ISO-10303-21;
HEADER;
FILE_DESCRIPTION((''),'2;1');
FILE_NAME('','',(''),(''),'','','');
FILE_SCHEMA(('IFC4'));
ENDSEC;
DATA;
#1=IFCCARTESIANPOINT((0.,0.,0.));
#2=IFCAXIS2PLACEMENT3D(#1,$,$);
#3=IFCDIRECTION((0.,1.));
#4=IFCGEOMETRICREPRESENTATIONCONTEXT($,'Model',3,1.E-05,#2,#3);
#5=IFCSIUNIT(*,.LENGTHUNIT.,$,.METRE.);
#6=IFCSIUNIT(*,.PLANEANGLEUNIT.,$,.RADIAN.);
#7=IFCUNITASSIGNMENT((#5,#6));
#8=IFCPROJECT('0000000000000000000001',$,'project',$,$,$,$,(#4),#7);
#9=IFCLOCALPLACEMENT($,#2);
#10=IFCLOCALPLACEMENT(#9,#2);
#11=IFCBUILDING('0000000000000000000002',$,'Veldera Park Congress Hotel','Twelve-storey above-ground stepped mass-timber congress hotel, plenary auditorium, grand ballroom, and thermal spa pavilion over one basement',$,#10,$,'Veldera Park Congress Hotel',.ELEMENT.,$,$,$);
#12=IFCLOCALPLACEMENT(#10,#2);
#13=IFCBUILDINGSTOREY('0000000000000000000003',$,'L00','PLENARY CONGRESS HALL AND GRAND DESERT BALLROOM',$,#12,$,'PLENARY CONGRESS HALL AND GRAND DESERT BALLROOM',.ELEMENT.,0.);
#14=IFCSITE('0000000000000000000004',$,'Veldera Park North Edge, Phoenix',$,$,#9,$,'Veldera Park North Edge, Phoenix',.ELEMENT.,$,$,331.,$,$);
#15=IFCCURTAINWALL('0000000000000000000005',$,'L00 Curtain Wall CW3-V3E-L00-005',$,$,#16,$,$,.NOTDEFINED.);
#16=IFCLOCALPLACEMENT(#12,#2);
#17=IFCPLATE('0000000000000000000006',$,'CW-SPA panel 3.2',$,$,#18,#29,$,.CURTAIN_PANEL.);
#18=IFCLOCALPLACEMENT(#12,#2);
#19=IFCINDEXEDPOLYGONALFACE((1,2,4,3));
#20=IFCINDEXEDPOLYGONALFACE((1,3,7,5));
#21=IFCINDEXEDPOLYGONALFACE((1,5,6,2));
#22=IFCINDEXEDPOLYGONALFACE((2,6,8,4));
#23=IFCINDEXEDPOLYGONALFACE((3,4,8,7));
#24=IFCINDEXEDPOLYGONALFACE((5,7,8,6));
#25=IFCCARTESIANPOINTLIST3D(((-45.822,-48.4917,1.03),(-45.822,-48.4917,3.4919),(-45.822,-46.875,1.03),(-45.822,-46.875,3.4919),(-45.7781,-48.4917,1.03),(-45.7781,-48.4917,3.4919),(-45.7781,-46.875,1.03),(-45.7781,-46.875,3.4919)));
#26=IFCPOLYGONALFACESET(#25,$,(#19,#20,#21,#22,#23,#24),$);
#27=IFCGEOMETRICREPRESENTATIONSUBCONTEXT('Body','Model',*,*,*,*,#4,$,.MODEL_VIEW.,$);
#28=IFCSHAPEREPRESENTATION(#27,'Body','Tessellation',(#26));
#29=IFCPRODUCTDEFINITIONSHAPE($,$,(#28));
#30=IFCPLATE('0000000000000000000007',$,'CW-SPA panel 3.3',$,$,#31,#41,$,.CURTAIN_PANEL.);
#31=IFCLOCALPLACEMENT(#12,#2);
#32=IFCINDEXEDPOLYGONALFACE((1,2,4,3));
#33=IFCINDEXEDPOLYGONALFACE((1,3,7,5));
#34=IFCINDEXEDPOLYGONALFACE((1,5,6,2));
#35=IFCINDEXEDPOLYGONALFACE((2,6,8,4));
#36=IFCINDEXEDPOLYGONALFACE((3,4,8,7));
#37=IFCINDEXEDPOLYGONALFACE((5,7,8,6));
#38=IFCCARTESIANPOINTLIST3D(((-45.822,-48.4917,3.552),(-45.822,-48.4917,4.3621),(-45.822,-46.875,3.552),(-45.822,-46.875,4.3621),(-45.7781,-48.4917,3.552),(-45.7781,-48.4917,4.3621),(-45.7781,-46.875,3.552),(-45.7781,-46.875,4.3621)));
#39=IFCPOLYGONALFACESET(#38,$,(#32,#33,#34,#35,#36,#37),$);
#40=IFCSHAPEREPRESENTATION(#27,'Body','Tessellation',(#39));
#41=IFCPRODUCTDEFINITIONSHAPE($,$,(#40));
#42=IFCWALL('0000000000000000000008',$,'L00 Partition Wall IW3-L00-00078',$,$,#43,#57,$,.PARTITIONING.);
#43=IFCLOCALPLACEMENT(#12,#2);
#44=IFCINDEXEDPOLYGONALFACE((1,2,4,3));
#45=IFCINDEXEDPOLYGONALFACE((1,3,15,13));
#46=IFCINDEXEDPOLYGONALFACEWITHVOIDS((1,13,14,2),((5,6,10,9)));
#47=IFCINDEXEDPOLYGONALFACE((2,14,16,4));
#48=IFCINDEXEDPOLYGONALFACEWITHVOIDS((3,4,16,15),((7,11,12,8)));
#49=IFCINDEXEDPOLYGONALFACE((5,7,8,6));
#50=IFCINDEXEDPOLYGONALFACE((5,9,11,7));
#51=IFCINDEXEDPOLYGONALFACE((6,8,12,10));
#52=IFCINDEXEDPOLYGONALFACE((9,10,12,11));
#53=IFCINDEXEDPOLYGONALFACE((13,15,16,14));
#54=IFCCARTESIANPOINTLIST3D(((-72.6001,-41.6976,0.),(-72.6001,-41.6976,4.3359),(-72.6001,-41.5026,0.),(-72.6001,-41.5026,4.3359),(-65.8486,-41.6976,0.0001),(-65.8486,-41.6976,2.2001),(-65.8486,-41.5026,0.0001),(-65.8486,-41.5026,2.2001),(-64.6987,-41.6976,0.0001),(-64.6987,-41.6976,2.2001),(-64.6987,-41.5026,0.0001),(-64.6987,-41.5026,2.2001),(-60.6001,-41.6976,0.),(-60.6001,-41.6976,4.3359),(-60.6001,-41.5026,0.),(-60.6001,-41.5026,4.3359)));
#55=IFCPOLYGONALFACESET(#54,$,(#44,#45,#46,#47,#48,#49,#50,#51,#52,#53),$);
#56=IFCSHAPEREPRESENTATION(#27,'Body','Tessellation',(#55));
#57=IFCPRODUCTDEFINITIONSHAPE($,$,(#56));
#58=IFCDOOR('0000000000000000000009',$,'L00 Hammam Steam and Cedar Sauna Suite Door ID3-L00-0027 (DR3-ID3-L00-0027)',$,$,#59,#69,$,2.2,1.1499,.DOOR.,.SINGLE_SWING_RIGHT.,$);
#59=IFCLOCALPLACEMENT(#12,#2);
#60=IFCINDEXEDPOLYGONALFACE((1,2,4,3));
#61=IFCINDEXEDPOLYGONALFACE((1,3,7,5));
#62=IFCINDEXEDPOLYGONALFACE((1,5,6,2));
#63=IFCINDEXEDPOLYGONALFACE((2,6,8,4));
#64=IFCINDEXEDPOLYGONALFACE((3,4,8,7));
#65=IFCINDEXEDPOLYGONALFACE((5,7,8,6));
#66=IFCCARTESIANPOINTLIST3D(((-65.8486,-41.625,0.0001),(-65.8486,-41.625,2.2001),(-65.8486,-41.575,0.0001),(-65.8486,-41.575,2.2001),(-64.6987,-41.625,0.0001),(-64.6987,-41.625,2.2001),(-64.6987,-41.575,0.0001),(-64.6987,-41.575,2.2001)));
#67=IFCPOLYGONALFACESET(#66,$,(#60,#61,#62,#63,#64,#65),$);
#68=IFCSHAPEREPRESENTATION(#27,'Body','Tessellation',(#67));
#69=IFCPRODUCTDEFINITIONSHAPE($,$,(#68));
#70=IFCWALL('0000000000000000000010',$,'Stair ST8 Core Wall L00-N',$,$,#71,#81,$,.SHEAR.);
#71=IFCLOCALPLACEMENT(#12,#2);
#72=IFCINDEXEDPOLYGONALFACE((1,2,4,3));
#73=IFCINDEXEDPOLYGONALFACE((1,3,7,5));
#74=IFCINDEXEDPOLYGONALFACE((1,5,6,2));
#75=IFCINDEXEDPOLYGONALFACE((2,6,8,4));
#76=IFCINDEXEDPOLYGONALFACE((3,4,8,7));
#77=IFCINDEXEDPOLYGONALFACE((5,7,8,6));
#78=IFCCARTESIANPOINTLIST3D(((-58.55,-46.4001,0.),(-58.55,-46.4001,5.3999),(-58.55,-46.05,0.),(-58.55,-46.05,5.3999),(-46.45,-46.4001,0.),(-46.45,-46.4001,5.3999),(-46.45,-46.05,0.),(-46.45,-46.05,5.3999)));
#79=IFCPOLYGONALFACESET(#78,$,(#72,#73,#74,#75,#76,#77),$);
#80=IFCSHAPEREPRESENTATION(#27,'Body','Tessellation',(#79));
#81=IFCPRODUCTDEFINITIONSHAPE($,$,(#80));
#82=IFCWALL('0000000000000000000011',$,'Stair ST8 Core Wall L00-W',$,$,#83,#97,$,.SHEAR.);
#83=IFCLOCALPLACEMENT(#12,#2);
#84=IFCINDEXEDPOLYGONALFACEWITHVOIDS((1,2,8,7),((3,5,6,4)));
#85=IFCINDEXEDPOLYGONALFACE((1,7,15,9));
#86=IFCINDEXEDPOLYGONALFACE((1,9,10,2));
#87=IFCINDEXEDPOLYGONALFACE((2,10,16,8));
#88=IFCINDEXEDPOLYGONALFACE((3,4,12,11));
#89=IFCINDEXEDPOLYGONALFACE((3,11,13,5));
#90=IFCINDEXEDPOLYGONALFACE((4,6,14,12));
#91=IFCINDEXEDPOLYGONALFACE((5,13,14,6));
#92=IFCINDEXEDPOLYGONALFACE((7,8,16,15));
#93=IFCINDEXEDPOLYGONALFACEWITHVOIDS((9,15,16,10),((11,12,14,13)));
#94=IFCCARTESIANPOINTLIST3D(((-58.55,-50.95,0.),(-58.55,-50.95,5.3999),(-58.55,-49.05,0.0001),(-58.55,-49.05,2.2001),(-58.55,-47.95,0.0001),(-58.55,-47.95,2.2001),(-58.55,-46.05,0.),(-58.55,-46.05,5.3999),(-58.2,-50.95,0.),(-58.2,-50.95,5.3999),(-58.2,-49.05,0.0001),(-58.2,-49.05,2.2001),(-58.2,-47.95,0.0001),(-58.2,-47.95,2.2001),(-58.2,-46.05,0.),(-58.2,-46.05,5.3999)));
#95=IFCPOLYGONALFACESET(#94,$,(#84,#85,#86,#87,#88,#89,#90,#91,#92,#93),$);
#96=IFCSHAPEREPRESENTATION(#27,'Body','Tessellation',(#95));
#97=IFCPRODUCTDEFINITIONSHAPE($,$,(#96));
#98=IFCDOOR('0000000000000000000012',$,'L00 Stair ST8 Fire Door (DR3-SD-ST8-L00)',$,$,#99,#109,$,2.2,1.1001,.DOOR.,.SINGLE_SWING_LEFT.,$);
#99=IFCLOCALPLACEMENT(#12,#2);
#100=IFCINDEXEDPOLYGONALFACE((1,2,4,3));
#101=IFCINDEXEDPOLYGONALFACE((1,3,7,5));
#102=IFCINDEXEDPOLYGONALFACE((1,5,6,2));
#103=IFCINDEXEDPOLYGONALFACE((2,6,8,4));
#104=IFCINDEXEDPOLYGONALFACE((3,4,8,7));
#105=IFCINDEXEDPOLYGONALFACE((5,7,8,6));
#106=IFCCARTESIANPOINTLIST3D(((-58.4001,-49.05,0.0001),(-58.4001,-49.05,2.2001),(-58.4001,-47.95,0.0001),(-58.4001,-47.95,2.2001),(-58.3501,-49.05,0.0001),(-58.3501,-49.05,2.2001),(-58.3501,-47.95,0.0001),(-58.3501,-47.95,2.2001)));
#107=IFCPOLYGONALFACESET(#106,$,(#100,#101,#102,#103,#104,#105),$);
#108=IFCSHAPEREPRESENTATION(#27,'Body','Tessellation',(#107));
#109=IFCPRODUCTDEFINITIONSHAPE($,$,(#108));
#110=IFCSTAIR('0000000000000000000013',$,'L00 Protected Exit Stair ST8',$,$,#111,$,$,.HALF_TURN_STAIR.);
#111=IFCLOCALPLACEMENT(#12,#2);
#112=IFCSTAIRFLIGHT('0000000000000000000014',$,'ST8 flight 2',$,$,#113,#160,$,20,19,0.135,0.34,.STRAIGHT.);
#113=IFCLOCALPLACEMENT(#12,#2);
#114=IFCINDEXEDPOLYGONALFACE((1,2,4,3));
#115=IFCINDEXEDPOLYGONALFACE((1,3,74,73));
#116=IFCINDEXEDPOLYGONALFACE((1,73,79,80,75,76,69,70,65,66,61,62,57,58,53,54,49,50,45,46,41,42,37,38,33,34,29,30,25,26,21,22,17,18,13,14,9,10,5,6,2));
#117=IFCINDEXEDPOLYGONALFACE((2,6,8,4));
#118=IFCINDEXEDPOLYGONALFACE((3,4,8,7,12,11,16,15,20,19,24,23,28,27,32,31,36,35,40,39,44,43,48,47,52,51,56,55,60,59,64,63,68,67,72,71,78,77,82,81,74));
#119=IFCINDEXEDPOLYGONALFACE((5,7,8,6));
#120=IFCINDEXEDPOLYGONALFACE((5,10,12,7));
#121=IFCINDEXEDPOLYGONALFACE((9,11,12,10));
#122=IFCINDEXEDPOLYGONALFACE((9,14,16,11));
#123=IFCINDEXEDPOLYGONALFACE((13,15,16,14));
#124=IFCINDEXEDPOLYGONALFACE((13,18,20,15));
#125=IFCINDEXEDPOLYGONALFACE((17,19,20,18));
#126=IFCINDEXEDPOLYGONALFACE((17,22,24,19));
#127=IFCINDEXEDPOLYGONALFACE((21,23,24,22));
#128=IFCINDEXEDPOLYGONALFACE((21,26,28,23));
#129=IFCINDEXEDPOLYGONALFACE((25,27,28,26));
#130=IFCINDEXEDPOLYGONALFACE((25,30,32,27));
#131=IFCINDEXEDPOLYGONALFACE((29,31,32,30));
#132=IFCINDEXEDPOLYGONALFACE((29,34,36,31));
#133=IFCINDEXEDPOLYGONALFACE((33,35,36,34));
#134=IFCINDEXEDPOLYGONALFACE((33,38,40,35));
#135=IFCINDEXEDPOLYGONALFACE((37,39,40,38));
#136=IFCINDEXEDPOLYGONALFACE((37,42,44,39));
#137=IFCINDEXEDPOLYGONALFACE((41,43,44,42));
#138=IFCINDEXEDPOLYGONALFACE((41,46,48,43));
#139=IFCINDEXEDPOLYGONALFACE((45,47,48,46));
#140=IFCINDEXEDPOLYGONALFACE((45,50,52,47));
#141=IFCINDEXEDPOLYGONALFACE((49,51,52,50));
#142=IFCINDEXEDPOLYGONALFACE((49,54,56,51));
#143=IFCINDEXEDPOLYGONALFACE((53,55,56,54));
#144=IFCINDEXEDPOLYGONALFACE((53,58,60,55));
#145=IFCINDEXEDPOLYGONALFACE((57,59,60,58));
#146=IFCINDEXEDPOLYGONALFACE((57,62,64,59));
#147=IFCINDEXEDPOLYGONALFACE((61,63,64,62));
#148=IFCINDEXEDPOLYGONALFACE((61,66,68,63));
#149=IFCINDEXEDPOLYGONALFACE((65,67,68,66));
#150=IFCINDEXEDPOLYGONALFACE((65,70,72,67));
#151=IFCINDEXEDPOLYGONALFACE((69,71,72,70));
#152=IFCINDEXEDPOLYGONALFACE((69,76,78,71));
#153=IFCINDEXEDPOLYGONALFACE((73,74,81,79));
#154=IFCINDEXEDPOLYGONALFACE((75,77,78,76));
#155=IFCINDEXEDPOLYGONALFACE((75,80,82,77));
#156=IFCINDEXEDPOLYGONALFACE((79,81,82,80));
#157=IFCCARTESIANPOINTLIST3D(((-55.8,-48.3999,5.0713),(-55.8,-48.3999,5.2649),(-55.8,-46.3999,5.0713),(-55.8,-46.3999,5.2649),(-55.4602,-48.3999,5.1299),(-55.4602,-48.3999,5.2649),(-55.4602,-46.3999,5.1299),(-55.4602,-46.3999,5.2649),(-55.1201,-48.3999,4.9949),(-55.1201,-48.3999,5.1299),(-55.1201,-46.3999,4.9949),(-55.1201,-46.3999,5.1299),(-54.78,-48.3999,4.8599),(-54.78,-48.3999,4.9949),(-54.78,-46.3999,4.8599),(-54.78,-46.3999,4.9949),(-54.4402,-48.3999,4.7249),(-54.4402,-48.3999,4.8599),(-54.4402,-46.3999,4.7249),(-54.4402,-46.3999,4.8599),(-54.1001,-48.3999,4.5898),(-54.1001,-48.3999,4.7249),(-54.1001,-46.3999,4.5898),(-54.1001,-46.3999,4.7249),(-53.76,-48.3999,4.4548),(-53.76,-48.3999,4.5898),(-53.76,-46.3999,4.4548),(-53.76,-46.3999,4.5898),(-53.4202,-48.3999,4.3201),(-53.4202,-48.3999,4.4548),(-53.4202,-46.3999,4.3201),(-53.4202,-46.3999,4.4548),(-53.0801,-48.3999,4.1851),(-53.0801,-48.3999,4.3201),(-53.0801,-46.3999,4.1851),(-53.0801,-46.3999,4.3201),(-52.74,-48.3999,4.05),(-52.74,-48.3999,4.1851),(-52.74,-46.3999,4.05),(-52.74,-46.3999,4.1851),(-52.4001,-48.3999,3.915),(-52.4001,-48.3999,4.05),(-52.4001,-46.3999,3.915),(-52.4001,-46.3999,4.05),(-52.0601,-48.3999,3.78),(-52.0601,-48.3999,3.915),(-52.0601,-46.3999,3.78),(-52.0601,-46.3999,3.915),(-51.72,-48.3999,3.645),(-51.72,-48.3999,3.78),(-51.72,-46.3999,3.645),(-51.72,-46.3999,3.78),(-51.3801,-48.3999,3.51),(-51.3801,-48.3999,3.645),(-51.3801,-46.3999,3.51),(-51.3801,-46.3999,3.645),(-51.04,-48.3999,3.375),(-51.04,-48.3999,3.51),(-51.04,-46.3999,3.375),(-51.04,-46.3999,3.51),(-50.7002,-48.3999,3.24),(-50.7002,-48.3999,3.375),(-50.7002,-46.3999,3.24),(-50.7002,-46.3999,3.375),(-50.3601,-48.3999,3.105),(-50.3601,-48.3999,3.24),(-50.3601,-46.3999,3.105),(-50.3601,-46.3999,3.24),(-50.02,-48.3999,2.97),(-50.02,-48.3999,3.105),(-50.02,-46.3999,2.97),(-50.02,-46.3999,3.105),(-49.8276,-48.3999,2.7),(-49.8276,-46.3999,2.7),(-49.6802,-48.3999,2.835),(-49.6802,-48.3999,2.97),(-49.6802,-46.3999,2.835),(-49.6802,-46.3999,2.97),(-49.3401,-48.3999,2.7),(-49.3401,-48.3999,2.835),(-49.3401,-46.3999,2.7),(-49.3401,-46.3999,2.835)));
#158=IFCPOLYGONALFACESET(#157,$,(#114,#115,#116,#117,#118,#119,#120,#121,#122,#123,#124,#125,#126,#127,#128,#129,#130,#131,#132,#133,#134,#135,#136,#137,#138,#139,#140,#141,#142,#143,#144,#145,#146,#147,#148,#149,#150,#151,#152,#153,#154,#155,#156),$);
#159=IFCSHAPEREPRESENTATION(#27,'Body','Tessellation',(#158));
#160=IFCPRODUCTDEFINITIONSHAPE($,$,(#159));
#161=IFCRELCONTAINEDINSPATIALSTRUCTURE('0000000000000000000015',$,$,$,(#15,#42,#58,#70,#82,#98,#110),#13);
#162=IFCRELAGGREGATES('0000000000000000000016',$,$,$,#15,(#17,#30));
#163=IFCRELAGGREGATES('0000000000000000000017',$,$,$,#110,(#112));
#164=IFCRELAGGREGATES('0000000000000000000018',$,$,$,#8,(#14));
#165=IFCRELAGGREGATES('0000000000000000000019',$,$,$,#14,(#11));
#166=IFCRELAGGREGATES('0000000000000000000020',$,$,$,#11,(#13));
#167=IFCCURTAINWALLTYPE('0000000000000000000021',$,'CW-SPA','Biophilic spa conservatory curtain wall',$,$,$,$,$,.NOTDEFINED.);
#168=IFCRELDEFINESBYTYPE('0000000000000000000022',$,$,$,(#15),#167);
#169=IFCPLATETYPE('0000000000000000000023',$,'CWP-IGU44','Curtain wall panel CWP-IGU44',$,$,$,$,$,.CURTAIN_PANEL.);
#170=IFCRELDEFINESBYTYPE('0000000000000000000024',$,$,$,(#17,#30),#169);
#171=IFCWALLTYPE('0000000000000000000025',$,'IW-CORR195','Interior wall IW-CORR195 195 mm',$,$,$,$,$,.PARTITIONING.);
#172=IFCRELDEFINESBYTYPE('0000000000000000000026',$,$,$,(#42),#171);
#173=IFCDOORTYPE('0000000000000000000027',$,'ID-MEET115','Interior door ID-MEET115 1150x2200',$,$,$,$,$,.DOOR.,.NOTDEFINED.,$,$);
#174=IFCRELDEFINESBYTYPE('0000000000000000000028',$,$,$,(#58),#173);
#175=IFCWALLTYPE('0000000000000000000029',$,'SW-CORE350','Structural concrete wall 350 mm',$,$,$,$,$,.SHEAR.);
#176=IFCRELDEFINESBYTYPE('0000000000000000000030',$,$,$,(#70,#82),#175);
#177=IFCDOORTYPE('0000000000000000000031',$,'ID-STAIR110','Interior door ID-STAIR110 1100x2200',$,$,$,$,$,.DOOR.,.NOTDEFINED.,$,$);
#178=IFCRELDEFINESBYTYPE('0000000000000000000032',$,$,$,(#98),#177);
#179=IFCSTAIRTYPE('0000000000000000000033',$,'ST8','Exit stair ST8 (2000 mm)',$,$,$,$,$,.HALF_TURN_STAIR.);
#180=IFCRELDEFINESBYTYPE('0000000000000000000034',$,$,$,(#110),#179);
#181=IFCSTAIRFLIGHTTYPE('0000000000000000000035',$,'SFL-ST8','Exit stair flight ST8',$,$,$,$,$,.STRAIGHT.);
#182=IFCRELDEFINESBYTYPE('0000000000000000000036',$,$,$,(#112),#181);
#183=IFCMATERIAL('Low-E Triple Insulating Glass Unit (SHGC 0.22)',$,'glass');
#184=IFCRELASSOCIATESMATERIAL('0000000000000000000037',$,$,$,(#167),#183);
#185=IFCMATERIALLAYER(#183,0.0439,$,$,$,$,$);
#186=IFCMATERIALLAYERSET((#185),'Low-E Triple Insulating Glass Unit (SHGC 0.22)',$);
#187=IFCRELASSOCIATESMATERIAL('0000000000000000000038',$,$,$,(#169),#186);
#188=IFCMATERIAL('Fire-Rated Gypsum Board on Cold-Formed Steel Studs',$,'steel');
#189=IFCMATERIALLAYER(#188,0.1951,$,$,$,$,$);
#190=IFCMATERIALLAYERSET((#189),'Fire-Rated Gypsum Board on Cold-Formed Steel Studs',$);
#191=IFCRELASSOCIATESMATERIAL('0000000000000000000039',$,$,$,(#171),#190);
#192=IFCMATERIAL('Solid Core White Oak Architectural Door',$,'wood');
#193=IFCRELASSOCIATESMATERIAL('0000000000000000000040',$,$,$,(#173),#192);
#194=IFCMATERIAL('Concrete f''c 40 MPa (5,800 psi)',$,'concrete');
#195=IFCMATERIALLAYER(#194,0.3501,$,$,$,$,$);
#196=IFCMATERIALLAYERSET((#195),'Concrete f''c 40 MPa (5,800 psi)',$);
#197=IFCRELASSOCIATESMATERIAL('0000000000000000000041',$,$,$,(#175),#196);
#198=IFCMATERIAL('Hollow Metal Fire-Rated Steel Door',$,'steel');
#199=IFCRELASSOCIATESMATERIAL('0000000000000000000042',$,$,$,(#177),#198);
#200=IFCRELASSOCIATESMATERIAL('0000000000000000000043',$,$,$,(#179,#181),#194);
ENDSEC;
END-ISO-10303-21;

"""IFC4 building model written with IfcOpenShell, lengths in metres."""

from ifc_helpers import new_model, si_unit, direction, frame, frame_2d, origin, origin_2d, place, context, subcontext, project, spatial, polyline, rectangle, outline, extrude, material, layer, layer_set, type_object, element, fill, aggregate, save


model = new_model("IFC4")

# Units and contexts
model_context = context("Model", 3, precision=1e-05, world=origin(), true_north=direction((0.0, 1.0)))
body_context = subcontext(model_context, "Body", "Model", "MODEL_VIEW")
ifc_project = project(units=[si_unit("LENGTHUNIT", "METRE"), si_unit("PLANEANGLEUNIT", "RADIAN")], contexts=[model_context])

# Site, building, storey
site_placement = place(None, origin())
site = spatial("IfcSite", under=ifc_project, at=site_placement, Name="Veldera Park North Edge, Phoenix", LongName="Veldera Park North Edge, Phoenix", CompositionType="ELEMENT", RefElevation=331.0)
building_placement = place(site_placement, origin())
building = spatial("IfcBuilding", under=site, at=building_placement, Name="Veldera Park Congress Hotel", Description="Twelve-storey above-ground stepped mass-timber congress hotel, plenary auditorium, grand ballroom, and thermal spa pavilion over one basement", LongName="Veldera Park Congress Hotel", CompositionType="ELEMENT")
storey_placement = place(building_placement, origin())
storey = spatial("IfcBuildingStorey", under=building, at=storey_placement, Name="L00", Description="PLENARY CONGRESS HALL AND GRAND DESERT BALLROOM", LongName="PLENARY CONGRESS HALL AND GRAND DESERT BALLROOM", CompositionType="ELEMENT", Elevation=0.0)

# Curtain wall
ifc_material_1 = material(Name="Low-E Triple Insulating Glass Unit (SHGC 0.22)", Category="glass")
curtain_wall_type = type_object("IfcCurtainWallType", Name="CW-SPA", Description="Biophilic spa conservatory curtain wall", PredefinedType="NOTDEFINED", material=ifc_material_1)
curtain_wall_1_placement = place(storey_placement, origin())
curtain_wall_1 = element("IfcCurtainWall", 1, at=curtain_wall_1_placement, inside=storey, type_object=curtain_wall_type, Name="L00 Curtain Wall CW3-V3E-L00-005", PredefinedType="NOTDEFINED")

# Plates
ifc_layer_1 = layer(ifc_material_1, 0.0439)
ifc_layer_set_1 = layer_set([ifc_layer_1], Name="Low-E Triple Insulating Glass Unit (SHGC 0.22)")
plate_type = type_object("IfcPlateType", Name="CWP-IGU44", Description="Curtain wall panel CWP-IGU44", PredefinedType="CURTAIN_PANEL", material=ifc_layer_set_1)
plate_1_placement = place(storey_placement, frame((-45.8, -47.6833, 1.03), z_axis=(0.0, 0.0, 1.0), x_axis=(0.0, 1.0, 0.0)))
plate_1 = element("IfcPlate", 2, at=plate_1_placement, type_object=plate_type, Name="CW-SPA panel 3.2", PredefinedType="CURTAIN_PANEL", context=body_context, shape_type="SweptSolid", body=[
    extrude(rectangle(XDim=1.6167, YDim=0.0439, at=origin_2d()), origin(), (0.0, 0.0, 1.0), 2.4619),
])
plate_2_placement = place(storey_placement, frame((-45.8, -47.6833, 3.552), z_axis=(0.0, 0.0, 1.0), x_axis=(0.0, 1.0, 0.0)))
plate_2 = element("IfcPlate", 3, at=plate_2_placement, type_object=plate_type, Name="CW-SPA panel 3.3", PredefinedType="CURTAIN_PANEL", context=body_context, shape_type="SweptSolid", body=[
    extrude(rectangle(XDim=1.6167, YDim=0.0439, at=origin_2d()), origin(), (0.0, 0.0, 1.0), 0.8101),
])
aggregate(curtain_wall_1, [plate_1, plate_2])

# Wall, opening, door
ifc_material_2 = material(Name="Fire-Rated Gypsum Board on Cold-Formed Steel Studs", Category="steel")
ifc_layer_2 = layer(ifc_material_2, 0.1951)
ifc_layer_set_2 = layer_set([ifc_layer_2], Name="Fire-Rated Gypsum Board on Cold-Formed Steel Studs")
wall_type_1 = type_object("IfcWallType", Name="IW-CORR195", Description="Interior wall IW-CORR195 195 mm", PredefinedType="PARTITIONING", material=ifc_layer_set_2)
wall_1_placement = place(storey_placement, frame((-60.6001, -41.6001, 0.0), z_axis=(0.0, 0.0, 1.0), x_axis=(-1.0, 0.0, 0.0)))
wall_1 = element("IfcWall", 4, at=wall_1_placement, inside=storey, type_object=wall_type_1, Name="L00 Partition Wall IW3-L00-00078", PredefinedType="PARTITIONING", context=body_context, shape_type="SweptSolid", body=[
    extrude(rectangle(XDim=12.0, YDim=0.1951, at=frame_2d((6.0, 0.0))), origin(), (0.0, 0.0, 1.0), 4.3359),
])
opening_1_placement = place(wall_1_placement, frame((4.0986, 0.0, 0.0)))
opening_1 = element("IfcOpeningElement", 5, at=opening_1_placement, cuts=wall_1, PredefinedType="OPENING", context=body_context, shape_type="SweptSolid", body=[
    extrude(rectangle(XDim=1.1499, YDim=2.2, at=frame_2d((0.575, 1.1001))), frame((0.0, 0.1096, 0.0), z_axis=(0.0, -1.0, 0.0), x_axis=(1.0, 0.0, 0.0)), (0.0, 0.0, 1.0), 0.219),
])
ifc_material_3 = material(Name="Solid Core White Oak Architectural Door", Category="wood")
door_type_1 = type_object("IfcDoorType", Name="ID-MEET115", Description="Interior door ID-MEET115 1150x2200", OperationType="NOTDEFINED", PredefinedType="DOOR", material=ifc_material_3)
door_1_placement = place(opening_1_placement, origin())
door_1 = element("IfcDoor", 6, at=door_1_placement, inside=storey, type_object=door_type_1, Name="L00 Hammam Steam and Cedar Sauna Suite Door ID3-L00-0027 (DR3-ID3-L00-0027)", OperationType="SINGLE_SWING_RIGHT", OverallHeight=2.2, OverallWidth=1.1499, PredefinedType="DOOR", context=body_context, shape_type="SweptSolid", body=[
    extrude(rectangle(XDim=1.1499, YDim=2.2, at=frame_2d((0.575, 1.1001))), frame((0.0, 0.0249, 0.0), z_axis=(0.0, -1.0, 0.0), x_axis=(1.0, 0.0, 0.0)), (0.0, 0.0, 1.0), 0.05),
])
fill(opening_1, door_1)

# Wall
ifc_material_4 = material(Name="Concrete f'c 40 MPa (5,800 psi)", Category="concrete")
ifc_layer_3 = layer(ifc_material_4, 0.3501)
ifc_layer_set_3 = layer_set([ifc_layer_3], Name="Concrete f'c 40 MPa (5,800 psi)")
wall_type_2 = type_object("IfcWallType", Name="SW-CORE350", Description="Structural concrete wall 350 mm", PredefinedType="SHEAR", material=ifc_layer_set_3)
wall_2_placement = place(storey_placement, frame((-46.45, -46.2251, 0.0), z_axis=(0.0, 0.0, 1.0), x_axis=(-1.0, 0.0, 0.0)))
element("IfcWall", 7, at=wall_2_placement, inside=storey, type_object=wall_type_2, Name="Stair ST8 Core Wall L00-N", PredefinedType="SHEAR", context=body_context, shape_type="SweptSolid", body=[
    extrude(rectangle(XDim=12.1001, YDim=0.3501, at=frame_2d((6.05, 0.0))), origin(), (0.0, 0.0, 1.0), 5.3999),
])

# Wall, opening, door
wall_3_placement = place(storey_placement, frame((-58.375, -46.05, 0.0), z_axis=(0.0, 0.0, 1.0), x_axis=(0.0, -1.0, 0.0)))
wall_3 = element("IfcWall", 8, at=wall_3_placement, inside=storey, type_object=wall_type_2, Name="Stair ST8 Core Wall L00-W", PredefinedType="SHEAR", context=body_context, shape_type="SweptSolid", body=[
    extrude(rectangle(XDim=4.8999, YDim=0.3501, at=frame_2d((2.45, 0.0))), origin(), (0.0, 0.0, 1.0), 5.3999),
])
opening_2_placement = place(wall_3_placement, frame((1.8999, 0.0, 0.0)))
opening_2 = element("IfcOpeningElement", 9, at=opening_2_placement, cuts=wall_3, PredefinedType="OPENING", context=body_context, shape_type="SweptSolid", body=[
    extrude(rectangle(XDim=1.1001, YDim=2.2, at=frame_2d((0.55, 1.1001))), frame((0.0, 0.187, 0.0), z_axis=(0.0, -1.0, 0.0), x_axis=(1.0, 0.0, 0.0)), (0.0, 0.0, 1.0), 0.374),
])
ifc_material_5 = material(Name="Hollow Metal Fire-Rated Steel Door", Category="steel")
door_type_2 = type_object("IfcDoorType", Name="ID-STAIR110", Description="Interior door ID-STAIR110 1100x2200", OperationType="NOTDEFINED", PredefinedType="DOOR", material=ifc_material_5)
door_2_placement = place(opening_2_placement, origin())
door_2 = element("IfcDoor", 10, at=door_2_placement, inside=storey, type_object=door_type_2, Name="L00 Stair ST8 Fire Door (DR3-SD-ST8-L00)", OperationType="SINGLE_SWING_LEFT", OverallHeight=2.2, OverallWidth=1.1001, PredefinedType="DOOR", context=body_context, shape_type="SweptSolid", body=[
    extrude(rectangle(XDim=1.1001, YDim=2.2, at=frame_2d((0.55, 1.1001))), frame((0.0, 0.0249, 0.0), z_axis=(0.0, -1.0, 0.0), x_axis=(1.0, 0.0, 0.0)), (0.0, 0.0, 1.0), 0.05),
])
fill(opening_2, door_2)

# Stair, stair flight
stair_type = type_object("IfcStairType", Name="ST8", Description="Exit stair ST8 (2000 mm)", PredefinedType="HALF_TURN_STAIR", material=ifc_material_4)
stair_placement = place(storey_placement, origin())
stair = element("IfcStair", 11, at=stair_placement, inside=storey, type_object=stair_type, Name="L00 Protected Exit Stair ST8", PredefinedType="HALF_TURN_STAIR")
stair_flight_type = type_object("IfcStairFlightType", Name="SFL-ST8", Description="Exit stair flight ST8", PredefinedType="STRAIGHT", material=ifc_material_4)
stair_flight_placement = place(storey_placement, frame((-49.3401, -47.3999, 2.7), z_axis=(0.0, 0.0, 1.0), x_axis=(-1.0, 0.0, 0.0)))
stair_flight = element("IfcStairFlight", 12, at=stair_flight_placement, type_object=stair_flight_type, Name="ST8 flight 2", NumberOfRisers=20, NumberOfTreads=19, PredefinedType="STRAIGHT", RiserHeight=0.135, TreadLength=0.34, context=body_context, shape_type="SweptSolid", body=[
    extrude(outline(polyline([(0.0, 0.0), (0.0, 0.135), (0.3401, 0.135), (0.3401, 0.27), (0.6799, 0.27), (0.6799, 0.405), (1.02, 0.405), (1.02, 0.54), (1.3601, 0.54), (1.3601, 0.675), (1.7, 0.675), (1.7, 0.8101), (2.04, 0.8101), (2.04, 0.9451), (2.3799, 0.9451), (2.3799, 1.0801), (2.72, 1.0801), (2.72, 1.2151), (3.0601, 1.2151), (3.0601, 1.3501), (3.3999, 1.3501), (3.3999, 1.4851), (3.74, 1.4851), (3.74, 1.6201), (4.0801, 1.6201), (4.0801, 1.7549), (4.4199, 1.7549), (4.4199, 1.8899), (4.76, 1.8899), (4.76, 2.0249), (5.1001, 2.0249), (5.1001, 2.1599), (5.4399, 2.1599), (5.4399, 2.2949), (5.78, 2.2949), (5.78, 2.4299), (6.1201, 2.4299), (6.1201, 2.5649), (6.46, 2.5649), (6.46, 2.7), (6.46, 2.7), (6.46, 2.3713), (0.4875, 0.0), (0.0, 0.0)])), frame((0.0, 1.0, 0.0), z_axis=(0.0, -1.0, 0.0), x_axis=(1.0, 0.0, 0.0)), (0.0, 0.0, 1.0), 2.0),
])
aggregate(stair, [stair_flight])

save(model, "model.ifc")
